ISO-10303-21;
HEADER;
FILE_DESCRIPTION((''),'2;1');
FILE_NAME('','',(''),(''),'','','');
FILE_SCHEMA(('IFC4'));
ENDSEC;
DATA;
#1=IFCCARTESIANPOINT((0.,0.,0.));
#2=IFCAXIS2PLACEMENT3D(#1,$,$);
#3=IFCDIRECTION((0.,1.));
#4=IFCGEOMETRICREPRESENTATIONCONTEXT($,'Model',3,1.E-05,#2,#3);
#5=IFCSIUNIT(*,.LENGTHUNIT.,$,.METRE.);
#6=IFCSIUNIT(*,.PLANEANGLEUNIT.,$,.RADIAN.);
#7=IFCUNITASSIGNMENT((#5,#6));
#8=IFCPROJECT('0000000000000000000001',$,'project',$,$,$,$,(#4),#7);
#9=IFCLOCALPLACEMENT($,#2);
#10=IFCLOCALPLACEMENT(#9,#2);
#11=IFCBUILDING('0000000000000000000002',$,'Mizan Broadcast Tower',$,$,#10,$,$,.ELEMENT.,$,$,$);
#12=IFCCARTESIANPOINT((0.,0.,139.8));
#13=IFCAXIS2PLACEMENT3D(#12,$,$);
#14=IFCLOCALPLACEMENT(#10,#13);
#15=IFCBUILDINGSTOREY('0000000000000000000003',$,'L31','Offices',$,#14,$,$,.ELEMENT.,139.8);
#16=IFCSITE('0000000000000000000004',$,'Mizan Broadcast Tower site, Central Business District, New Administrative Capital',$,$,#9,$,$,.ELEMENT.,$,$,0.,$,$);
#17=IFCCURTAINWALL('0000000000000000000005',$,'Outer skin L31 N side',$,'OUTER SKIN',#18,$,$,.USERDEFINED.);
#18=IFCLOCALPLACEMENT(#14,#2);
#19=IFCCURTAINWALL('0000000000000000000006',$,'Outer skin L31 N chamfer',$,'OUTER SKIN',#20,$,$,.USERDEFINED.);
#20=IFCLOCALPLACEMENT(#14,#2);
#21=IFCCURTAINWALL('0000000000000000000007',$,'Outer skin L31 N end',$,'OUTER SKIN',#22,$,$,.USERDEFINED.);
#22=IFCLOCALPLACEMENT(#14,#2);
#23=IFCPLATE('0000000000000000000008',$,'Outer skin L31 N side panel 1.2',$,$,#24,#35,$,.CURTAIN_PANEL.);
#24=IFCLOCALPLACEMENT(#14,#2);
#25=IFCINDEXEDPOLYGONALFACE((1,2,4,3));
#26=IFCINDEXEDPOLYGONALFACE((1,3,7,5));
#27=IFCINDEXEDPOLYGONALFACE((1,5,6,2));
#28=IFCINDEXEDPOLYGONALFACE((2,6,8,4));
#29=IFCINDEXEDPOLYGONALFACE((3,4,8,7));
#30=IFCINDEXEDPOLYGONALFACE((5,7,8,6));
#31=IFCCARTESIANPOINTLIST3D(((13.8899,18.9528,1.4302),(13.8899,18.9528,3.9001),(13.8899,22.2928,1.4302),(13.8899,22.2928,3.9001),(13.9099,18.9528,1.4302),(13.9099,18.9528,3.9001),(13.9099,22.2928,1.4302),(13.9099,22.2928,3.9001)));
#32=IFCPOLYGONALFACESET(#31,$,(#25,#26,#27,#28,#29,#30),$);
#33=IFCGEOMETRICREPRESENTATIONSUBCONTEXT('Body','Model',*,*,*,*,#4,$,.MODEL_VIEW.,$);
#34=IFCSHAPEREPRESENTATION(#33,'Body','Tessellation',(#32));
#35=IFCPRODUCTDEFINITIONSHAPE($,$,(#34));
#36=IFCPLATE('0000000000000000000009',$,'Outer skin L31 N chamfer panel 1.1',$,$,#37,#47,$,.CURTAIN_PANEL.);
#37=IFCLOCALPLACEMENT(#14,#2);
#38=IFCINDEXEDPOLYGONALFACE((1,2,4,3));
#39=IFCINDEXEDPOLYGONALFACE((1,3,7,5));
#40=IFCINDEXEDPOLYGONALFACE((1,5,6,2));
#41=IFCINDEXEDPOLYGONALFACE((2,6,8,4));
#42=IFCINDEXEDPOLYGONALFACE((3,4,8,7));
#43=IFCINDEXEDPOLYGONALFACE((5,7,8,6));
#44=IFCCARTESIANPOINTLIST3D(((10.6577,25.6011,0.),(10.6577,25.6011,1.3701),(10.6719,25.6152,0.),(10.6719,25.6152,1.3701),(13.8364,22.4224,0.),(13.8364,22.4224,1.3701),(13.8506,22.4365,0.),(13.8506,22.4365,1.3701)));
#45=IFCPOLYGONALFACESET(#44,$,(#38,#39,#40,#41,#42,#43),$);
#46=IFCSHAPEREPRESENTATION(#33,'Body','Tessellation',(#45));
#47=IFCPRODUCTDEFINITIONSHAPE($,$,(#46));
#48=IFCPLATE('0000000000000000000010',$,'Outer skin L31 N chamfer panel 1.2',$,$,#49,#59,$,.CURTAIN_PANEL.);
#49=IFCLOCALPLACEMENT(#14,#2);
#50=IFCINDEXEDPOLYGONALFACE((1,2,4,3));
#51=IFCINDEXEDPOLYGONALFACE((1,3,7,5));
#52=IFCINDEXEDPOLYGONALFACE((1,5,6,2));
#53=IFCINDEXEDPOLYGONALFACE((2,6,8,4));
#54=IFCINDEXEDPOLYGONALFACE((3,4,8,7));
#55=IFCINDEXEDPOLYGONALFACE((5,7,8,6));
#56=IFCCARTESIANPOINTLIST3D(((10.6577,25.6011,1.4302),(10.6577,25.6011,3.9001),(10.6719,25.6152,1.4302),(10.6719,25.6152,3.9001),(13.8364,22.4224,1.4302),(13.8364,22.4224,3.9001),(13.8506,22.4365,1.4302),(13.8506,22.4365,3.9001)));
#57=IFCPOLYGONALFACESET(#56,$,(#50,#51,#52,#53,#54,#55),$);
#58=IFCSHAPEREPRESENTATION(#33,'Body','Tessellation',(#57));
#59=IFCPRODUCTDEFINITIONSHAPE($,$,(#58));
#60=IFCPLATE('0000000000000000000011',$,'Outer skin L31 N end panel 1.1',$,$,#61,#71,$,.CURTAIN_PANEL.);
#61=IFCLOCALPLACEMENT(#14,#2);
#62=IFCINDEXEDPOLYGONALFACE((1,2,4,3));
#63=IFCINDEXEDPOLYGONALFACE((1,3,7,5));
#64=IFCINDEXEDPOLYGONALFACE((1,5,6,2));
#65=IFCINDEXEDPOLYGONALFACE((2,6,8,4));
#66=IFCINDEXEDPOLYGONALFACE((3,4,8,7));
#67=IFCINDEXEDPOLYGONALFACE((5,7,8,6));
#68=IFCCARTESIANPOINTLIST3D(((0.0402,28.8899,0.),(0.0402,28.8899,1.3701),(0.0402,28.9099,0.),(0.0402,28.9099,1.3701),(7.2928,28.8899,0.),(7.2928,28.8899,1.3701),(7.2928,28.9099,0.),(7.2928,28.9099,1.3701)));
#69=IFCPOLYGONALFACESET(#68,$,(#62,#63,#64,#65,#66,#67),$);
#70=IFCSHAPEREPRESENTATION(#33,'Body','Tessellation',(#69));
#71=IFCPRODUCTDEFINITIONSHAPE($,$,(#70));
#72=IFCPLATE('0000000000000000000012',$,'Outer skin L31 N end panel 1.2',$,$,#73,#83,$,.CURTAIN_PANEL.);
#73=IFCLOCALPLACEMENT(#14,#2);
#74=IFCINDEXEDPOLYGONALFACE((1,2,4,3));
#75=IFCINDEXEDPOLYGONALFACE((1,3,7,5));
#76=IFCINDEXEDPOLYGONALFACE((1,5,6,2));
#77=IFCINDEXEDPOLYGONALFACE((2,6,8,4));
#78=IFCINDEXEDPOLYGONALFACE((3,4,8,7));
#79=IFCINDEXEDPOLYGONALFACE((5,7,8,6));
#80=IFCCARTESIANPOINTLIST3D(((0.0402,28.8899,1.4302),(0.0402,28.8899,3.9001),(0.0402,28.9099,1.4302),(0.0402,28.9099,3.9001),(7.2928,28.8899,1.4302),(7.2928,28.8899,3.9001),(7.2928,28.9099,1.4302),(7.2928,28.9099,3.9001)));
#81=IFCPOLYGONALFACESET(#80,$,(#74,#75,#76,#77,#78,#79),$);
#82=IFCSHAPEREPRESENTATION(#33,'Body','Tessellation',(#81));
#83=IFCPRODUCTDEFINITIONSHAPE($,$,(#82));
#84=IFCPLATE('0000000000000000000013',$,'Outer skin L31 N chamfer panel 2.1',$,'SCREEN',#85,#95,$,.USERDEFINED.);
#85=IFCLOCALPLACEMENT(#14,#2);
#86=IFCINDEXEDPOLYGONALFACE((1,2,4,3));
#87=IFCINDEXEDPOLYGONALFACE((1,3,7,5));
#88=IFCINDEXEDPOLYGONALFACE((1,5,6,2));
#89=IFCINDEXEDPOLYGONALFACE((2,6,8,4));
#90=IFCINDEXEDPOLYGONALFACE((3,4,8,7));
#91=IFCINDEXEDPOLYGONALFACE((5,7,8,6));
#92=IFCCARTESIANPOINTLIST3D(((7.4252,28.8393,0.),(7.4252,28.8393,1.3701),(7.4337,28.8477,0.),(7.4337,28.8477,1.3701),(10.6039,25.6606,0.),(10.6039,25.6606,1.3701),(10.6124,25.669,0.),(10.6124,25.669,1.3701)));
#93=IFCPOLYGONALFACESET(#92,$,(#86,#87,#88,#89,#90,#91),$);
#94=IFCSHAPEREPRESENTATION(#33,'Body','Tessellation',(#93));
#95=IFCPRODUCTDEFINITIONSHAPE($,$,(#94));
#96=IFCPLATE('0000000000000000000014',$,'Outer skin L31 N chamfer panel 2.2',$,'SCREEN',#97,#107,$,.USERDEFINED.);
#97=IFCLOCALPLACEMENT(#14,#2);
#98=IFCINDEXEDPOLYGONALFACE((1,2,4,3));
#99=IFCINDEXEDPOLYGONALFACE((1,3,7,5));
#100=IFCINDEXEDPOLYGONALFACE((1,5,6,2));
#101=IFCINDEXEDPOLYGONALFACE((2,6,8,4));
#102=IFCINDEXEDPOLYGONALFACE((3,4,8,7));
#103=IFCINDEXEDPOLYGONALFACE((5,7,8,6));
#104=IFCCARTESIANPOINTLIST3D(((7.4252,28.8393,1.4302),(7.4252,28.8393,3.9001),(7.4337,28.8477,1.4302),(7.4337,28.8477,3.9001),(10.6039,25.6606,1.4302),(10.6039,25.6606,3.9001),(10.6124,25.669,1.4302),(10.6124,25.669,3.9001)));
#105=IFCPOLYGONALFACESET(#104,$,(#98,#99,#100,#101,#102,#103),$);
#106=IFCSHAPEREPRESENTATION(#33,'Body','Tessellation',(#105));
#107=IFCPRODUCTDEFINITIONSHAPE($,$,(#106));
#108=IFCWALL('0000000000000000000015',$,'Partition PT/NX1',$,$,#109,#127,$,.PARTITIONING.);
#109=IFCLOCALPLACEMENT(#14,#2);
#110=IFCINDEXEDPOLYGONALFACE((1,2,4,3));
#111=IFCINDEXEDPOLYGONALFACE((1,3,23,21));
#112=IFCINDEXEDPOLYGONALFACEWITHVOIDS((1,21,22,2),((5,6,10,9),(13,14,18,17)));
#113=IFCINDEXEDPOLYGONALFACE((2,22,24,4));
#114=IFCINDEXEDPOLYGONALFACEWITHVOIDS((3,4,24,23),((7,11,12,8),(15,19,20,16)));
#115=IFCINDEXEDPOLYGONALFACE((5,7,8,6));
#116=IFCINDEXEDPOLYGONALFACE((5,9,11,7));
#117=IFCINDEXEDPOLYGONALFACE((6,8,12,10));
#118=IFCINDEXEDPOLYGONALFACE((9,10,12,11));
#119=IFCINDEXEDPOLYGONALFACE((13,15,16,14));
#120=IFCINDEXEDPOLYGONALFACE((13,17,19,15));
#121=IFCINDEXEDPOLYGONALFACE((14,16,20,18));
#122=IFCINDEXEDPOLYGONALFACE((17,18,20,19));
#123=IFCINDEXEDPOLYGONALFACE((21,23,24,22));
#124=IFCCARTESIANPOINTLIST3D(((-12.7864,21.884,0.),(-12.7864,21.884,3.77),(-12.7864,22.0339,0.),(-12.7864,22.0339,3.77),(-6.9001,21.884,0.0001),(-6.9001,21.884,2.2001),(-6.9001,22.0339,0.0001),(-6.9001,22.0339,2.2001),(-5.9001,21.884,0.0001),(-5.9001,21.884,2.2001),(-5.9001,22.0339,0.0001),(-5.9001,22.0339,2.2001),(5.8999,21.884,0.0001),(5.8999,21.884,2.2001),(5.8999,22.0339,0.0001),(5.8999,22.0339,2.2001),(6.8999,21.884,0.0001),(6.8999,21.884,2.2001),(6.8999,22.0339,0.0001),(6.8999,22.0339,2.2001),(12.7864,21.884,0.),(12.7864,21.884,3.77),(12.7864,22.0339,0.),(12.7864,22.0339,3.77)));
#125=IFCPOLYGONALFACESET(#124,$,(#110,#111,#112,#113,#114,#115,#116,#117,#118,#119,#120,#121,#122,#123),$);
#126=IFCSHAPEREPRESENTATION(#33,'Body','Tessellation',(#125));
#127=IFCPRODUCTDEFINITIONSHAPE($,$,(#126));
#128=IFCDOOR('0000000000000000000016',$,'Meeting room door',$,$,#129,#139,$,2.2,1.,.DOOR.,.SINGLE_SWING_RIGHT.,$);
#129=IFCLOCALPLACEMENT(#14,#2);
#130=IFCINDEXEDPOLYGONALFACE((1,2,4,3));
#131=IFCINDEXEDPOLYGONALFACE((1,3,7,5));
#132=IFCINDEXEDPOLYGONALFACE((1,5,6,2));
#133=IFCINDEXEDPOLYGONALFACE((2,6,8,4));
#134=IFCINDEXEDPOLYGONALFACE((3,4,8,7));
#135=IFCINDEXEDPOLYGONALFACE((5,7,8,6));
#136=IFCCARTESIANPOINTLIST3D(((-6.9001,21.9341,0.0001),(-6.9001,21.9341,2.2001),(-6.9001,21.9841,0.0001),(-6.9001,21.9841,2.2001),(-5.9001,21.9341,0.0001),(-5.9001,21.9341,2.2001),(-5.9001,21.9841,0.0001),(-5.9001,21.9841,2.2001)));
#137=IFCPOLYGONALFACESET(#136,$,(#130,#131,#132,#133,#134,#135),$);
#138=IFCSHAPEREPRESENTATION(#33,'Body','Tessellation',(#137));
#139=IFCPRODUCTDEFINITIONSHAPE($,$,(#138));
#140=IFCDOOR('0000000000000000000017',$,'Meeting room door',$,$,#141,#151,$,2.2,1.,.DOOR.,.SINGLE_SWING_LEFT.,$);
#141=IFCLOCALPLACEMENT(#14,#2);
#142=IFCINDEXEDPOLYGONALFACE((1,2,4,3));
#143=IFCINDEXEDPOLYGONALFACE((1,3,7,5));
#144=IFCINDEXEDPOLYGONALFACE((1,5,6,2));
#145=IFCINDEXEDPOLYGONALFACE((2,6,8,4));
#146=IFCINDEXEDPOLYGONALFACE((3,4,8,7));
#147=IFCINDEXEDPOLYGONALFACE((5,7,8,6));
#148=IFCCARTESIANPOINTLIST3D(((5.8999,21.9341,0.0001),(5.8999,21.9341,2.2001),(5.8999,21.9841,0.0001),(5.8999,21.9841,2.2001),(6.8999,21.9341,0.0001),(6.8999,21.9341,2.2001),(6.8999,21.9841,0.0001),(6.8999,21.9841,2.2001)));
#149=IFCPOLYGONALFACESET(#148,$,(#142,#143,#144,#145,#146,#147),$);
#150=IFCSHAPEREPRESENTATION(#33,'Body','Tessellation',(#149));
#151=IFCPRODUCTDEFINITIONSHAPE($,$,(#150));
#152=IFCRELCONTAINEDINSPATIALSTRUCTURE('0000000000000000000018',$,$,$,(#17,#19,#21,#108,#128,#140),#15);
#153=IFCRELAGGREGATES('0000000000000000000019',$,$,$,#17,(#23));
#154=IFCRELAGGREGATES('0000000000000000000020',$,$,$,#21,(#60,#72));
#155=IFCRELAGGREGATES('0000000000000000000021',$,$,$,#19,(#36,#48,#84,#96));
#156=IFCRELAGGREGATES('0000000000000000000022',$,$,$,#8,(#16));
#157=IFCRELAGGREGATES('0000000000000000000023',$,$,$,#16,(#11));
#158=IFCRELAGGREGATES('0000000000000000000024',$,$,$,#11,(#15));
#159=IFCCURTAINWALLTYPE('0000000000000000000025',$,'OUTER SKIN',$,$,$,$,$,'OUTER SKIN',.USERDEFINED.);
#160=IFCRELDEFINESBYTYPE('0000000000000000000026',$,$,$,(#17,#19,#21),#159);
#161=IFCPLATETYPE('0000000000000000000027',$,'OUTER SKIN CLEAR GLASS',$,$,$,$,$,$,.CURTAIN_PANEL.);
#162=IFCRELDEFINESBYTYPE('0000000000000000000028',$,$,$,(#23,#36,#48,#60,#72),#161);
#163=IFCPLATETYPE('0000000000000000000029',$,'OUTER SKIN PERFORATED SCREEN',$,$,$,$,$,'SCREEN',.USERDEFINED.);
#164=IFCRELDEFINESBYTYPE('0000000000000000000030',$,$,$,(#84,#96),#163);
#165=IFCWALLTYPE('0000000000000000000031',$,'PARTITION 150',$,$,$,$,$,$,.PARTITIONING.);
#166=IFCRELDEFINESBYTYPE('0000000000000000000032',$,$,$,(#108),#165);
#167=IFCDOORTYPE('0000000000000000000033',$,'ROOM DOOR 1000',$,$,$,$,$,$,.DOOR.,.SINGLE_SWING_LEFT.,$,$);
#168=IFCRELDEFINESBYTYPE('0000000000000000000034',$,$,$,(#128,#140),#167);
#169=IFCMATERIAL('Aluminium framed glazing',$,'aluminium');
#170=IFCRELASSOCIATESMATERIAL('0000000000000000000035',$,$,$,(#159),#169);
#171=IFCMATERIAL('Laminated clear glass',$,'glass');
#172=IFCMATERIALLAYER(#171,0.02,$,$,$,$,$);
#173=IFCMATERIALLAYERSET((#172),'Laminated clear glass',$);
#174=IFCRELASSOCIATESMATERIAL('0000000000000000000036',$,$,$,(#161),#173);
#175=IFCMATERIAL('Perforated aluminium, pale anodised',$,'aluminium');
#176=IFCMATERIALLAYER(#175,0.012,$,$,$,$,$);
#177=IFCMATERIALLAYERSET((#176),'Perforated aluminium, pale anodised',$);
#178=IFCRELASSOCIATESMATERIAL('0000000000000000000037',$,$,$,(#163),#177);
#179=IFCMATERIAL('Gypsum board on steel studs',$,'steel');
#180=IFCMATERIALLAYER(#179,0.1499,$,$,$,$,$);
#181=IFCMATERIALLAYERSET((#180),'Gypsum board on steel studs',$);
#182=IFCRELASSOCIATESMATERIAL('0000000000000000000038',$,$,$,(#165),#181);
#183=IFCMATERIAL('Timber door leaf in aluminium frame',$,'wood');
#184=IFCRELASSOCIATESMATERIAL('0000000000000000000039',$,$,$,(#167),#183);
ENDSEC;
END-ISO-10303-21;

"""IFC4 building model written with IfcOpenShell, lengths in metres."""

from ifc_helpers import new_model, si_unit, direction, frame, frame_2d, origin, origin_2d, place, context, subcontext, project, spatial, rectangle, extrude, material, layer, layer_set, type_object, element, fill, aggregate, save


model = new_model("IFC4")

# Units and contexts
model_context = context("Model", 3, precision=1e-05, world=origin(), true_north=direction((0.0, 1.0)))
body_context = subcontext(model_context, "Body", "Model", "MODEL_VIEW")
ifc_project = project(units=[si_unit("LENGTHUNIT", "METRE"), si_unit("PLANEANGLEUNIT", "RADIAN")], contexts=[model_context])

# Site, building, storey
site_placement = place(None, origin())
site = spatial("IfcSite", under=ifc_project, at=site_placement, Name="Mizan Broadcast Tower site, Central Business District, New Administrative Capital", CompositionType="ELEMENT", RefElevation=0.0)
building_placement = place(site_placement, origin())
building = spatial("IfcBuilding", under=site, at=building_placement, Name="Mizan Broadcast Tower", CompositionType="ELEMENT")
storey_placement = place(building_placement, frame((0.0, 0.0, 139.8)))
storey = spatial("IfcBuildingStorey", under=building, at=storey_placement, Name="L31", Description="Offices", CompositionType="ELEMENT", Elevation=139.8)

# Curtain wall
ifc_material_1 = material(Name="Aluminium framed glazing", Category="aluminium")
curtain_wall_type_1 = type_object("IfcCurtainWallType", Name="OUTER SKIN", ElementType="OUTER SKIN", PredefinedType="USERDEFINED", material=ifc_material_1)
curtain_wall_1_placement = place(storey_placement, origin())
curtain_wall_1 = element("IfcCurtainWall", 1, at=curtain_wall_1_placement, inside=storey, type_object=curtain_wall_type_1, Name="Outer skin L31 N side", ObjectType="OUTER SKIN", PredefinedType="USERDEFINED")

# Curtain wall
curtain_wall_2_placement = place(storey_placement, origin())
curtain_wall_2 = element("IfcCurtainWall", 2, at=curtain_wall_2_placement, inside=storey, type_object=curtain_wall_type_1, Name="Outer skin L31 N chamfer", ObjectType="OUTER SKIN", PredefinedType="USERDEFINED")

# Curtain wall
curtain_wall_3_placement = place(storey_placement, origin())
curtain_wall_3 = element("IfcCurtainWall", 3, at=curtain_wall_3_placement, inside=storey, type_object=curtain_wall_type_1, Name="Outer skin L31 N end", ObjectType="OUTER SKIN", PredefinedType="USERDEFINED")

# Plates
ifc_material_2 = material(Name="Laminated clear glass", Category="glass")
ifc_layer_1 = layer(ifc_material_2, 0.02)
ifc_layer_set_1 = layer_set([ifc_layer_1], Name="Laminated clear glass")
plate_type_1 = type_object("IfcPlateType", Name="OUTER SKIN CLEAR GLASS", PredefinedType="CURTAIN_PANEL", material=ifc_layer_set_1)
plate_1_placement = place(storey_placement, frame((13.8999, 20.6228, 1.4302), z_axis=(0.0, 0.0, 1.0), x_axis=(0.0, 1.0, 0.0)))
plate_1 = element("IfcPlate", 4, at=plate_1_placement, type_object=plate_type_1, Name="Outer skin L31 N side panel 1.2", PredefinedType="CURTAIN_PANEL", context=body_context, shape_type="SweptSolid", body=[
    extrude(rectangle(XDim=3.3401, YDim=0.02, at=origin_2d()), origin(), (0.0, 0.0, 1.0), 2.47),
])
aggregate(curtain_wall_1, [plate_1])
plate_2_placement = place(storey_placement, frame((12.2542, 24.0188, 0.0), z_axis=(0.0, 0.0, 1.0), x_axis=(-0.707107, 0.707107, 0.0)))
plate_2 = element("IfcPlate", 5, at=plate_2_placement, type_object=plate_type_1, Name="Outer skin L31 N chamfer panel 1.1", PredefinedType="CURTAIN_PANEL", context=body_context, shape_type="SweptSolid", body=[
    extrude(rectangle(XDim=4.4954, YDim=0.02, at=origin_2d()), origin(), (0.0, 0.0, 1.0), 1.3701),
])
plate_3_placement = place(storey_placement, frame((12.2542, 24.0188, 1.4302), z_axis=(0.0, 0.0, 1.0), x_axis=(-0.707107, 0.707107, 0.0)))
plate_3 = element("IfcPlate", 6, at=plate_3_placement, type_object=plate_type_1, Name="Outer skin L31 N chamfer panel 1.2", PredefinedType="CURTAIN_PANEL", context=body_context, shape_type="SweptSolid", body=[
    extrude(rectangle(XDim=4.4954, YDim=0.02, at=origin_2d()), origin(), (0.0, 0.0, 1.0), 2.47),
])
plate_4_placement = place(storey_placement, frame((3.6665, 28.8999, 0.0), z_axis=(0.0, 0.0, 1.0), x_axis=(-1.0, 0.0, 0.0)))
plate_4 = element("IfcPlate", 7, at=plate_4_placement, type_object=plate_type_1, Name="Outer skin L31 N end panel 1.1", PredefinedType="CURTAIN_PANEL", context=body_context, shape_type="SweptSolid", body=[
    extrude(rectangle(XDim=7.2527, YDim=0.02, at=origin_2d()), origin(), (0.0, 0.0, 1.0), 1.3701),
])
plate_5_placement = place(storey_placement, frame((3.6665, 28.8999, 1.4302), z_axis=(0.0, 0.0, 1.0), x_axis=(-1.0, 0.0, 0.0)))
plate_5 = element("IfcPlate", 8, at=plate_5_placement, type_object=plate_type_1, Name="Outer skin L31 N end panel 1.2", PredefinedType="CURTAIN_PANEL", context=body_context, shape_type="SweptSolid", body=[
    extrude(rectangle(XDim=7.2527, YDim=0.02, at=origin_2d()), origin(), (0.0, 0.0, 1.0), 2.47),
])
aggregate(curtain_wall_3, [plate_4, plate_5])
ifc_material_3 = material(Name="Perforated aluminium, pale anodised", Category="aluminium")
ifc_layer_2 = layer(ifc_material_3, 0.012)
ifc_layer_set_2 = layer_set([ifc_layer_2], Name="Perforated aluminium, pale anodised")
plate_type_2 = type_object("IfcPlateType", Name="OUTER SKIN PERFORATED SCREEN", ElementType="SCREEN", PredefinedType="USERDEFINED", material=ifc_layer_set_2)
plate_6_placement = place(storey_placement, frame((9.0188, 27.2542, 0.0), z_axis=(0.0, 0.0, 1.0), x_axis=(-0.707107, 0.707107, 0.0)))
plate_6 = element("IfcPlate", 9, at=plate_6_placement, type_object=plate_type_2, Name="Outer skin L31 N chamfer panel 2.1", ObjectType="SCREEN", PredefinedType="USERDEFINED", context=body_context, shape_type="SweptSolid", body=[
    extrude(rectangle(XDim=4.4954, YDim=0.012, at=origin_2d()), origin(), (0.0, 0.0, 1.0), 1.3701),
])
plate_7_placement = place(storey_placement, frame((9.0188, 27.2542, 1.4302), z_axis=(0.0, 0.0, 1.0), x_axis=(-0.707107, 0.707107, 0.0)))
plate_7 = element("IfcPlate", 10, at=plate_7_placement, type_object=plate_type_2, Name="Outer skin L31 N chamfer panel 2.2", ObjectType="SCREEN", PredefinedType="USERDEFINED", context=body_context, shape_type="SweptSolid", body=[
    extrude(rectangle(XDim=4.4954, YDim=0.012, at=origin_2d()), origin(), (0.0, 0.0, 1.0), 2.47),
])
aggregate(curtain_wall_2, [plate_2, plate_3, plate_6, plate_7])

# Wall, openings, doors
ifc_material_4 = material(Name="Gypsum board on steel studs", Category="steel")
ifc_layer_3 = layer(ifc_material_4, 0.1499)
ifc_layer_set_3 = layer_set([ifc_layer_3], Name="Gypsum board on steel studs")
wall_type = type_object("IfcWallType", Name="PARTITION 150", PredefinedType="PARTITIONING", material=ifc_layer_set_3)
wall_placement = place(storey_placement, frame((12.7864, 21.959, 0.0), z_axis=(0.0, 0.0, 1.0), x_axis=(-1.0, 0.0, 0.0)))
wall = element("IfcWall", 11, at=wall_placement, inside=storey, type_object=wall_type, Name="Partition PT/NX1", PredefinedType="PARTITIONING", context=body_context, shape_type="SweptSolid", body=[
    extrude(rectangle(XDim=25.5728, YDim=0.1499, at=frame_2d((12.7864, 0.0))), origin(), (0.0, 0.0, 1.0), 3.77),
])
opening_1_placement = place(wall_placement, frame((18.6865, 0.0, 0.0)))
opening_1 = element("IfcOpeningElement", 12, at=opening_1_placement, cuts=wall, PredefinedType="OPENING", context=body_context, shape_type="SweptSolid", body=[
    extrude(rectangle(XDim=1.0, YDim=2.2, at=frame_2d((0.5, 1.1001))), frame((0.0, 0.085, 0.0), z_axis=(0.0, -1.0, 0.0), x_axis=(1.0, 0.0, 0.0)), (0.0, 0.0, 1.0), 0.1699),
])
opening_2_placement = place(wall_placement, frame((5.8865, 0.0, 0.0)))
opening_2 = element("IfcOpeningElement", 13, at=opening_2_placement, cuts=wall, PredefinedType="OPENING", context=body_context, shape_type="SweptSolid", body=[
    extrude(rectangle(XDim=1.0, YDim=2.2, at=frame_2d((0.5, 1.1001))), frame((0.0, 0.085, 0.0), z_axis=(0.0, -1.0, 0.0), x_axis=(1.0, 0.0, 0.0)), (0.0, 0.0, 1.0), 0.1699),
])
ifc_material_5 = material(Name="Timber door leaf in aluminium frame", Category="wood")
door_type = type_object("IfcDoorType", Name="ROOM DOOR 1000", OperationType="SINGLE_SWING_LEFT", PredefinedType="DOOR", material=ifc_material_5)
door_1_placement = place(opening_1_placement, origin())
door_1 = element("IfcDoor", 14, at=door_1_placement, inside=storey, type_object=door_type, Name="Meeting room door", OperationType="SINGLE_SWING_RIGHT", OverallHeight=2.2, OverallWidth=1.0, PredefinedType="DOOR", context=body_context, shape_type="SweptSolid", body=[
    extrude(rectangle(XDim=1.0, YDim=2.2, at=frame_2d((0.5, 1.1001))), frame((0.0, 0.0249, 0.0), z_axis=(0.0, -1.0, 0.0), x_axis=(1.0, 0.0, 0.0)), (0.0, 0.0, 1.0), 0.05),
])
fill(opening_1, door_1)
door_2_placement = place(opening_2_placement, origin())
door_2 = element("IfcDoor", 15, at=door_2_placement, inside=storey, type_object=door_type, Name="Meeting room door", OperationType="SINGLE_SWING_LEFT", OverallHeight=2.2, OverallWidth=1.0, PredefinedType="DOOR", context=body_context, shape_type="SweptSolid", body=[
    extrude(rectangle(XDim=1.0, YDim=2.2, at=frame_2d((0.5, 1.1001))), frame((0.0, 0.0249, 0.0), z_axis=(0.0, -1.0, 0.0), x_axis=(1.0, 0.0, 0.0)), (0.0, 0.0, 1.0), 0.05),
])
fill(opening_2, door_2)

save(model, "model.ifc")
